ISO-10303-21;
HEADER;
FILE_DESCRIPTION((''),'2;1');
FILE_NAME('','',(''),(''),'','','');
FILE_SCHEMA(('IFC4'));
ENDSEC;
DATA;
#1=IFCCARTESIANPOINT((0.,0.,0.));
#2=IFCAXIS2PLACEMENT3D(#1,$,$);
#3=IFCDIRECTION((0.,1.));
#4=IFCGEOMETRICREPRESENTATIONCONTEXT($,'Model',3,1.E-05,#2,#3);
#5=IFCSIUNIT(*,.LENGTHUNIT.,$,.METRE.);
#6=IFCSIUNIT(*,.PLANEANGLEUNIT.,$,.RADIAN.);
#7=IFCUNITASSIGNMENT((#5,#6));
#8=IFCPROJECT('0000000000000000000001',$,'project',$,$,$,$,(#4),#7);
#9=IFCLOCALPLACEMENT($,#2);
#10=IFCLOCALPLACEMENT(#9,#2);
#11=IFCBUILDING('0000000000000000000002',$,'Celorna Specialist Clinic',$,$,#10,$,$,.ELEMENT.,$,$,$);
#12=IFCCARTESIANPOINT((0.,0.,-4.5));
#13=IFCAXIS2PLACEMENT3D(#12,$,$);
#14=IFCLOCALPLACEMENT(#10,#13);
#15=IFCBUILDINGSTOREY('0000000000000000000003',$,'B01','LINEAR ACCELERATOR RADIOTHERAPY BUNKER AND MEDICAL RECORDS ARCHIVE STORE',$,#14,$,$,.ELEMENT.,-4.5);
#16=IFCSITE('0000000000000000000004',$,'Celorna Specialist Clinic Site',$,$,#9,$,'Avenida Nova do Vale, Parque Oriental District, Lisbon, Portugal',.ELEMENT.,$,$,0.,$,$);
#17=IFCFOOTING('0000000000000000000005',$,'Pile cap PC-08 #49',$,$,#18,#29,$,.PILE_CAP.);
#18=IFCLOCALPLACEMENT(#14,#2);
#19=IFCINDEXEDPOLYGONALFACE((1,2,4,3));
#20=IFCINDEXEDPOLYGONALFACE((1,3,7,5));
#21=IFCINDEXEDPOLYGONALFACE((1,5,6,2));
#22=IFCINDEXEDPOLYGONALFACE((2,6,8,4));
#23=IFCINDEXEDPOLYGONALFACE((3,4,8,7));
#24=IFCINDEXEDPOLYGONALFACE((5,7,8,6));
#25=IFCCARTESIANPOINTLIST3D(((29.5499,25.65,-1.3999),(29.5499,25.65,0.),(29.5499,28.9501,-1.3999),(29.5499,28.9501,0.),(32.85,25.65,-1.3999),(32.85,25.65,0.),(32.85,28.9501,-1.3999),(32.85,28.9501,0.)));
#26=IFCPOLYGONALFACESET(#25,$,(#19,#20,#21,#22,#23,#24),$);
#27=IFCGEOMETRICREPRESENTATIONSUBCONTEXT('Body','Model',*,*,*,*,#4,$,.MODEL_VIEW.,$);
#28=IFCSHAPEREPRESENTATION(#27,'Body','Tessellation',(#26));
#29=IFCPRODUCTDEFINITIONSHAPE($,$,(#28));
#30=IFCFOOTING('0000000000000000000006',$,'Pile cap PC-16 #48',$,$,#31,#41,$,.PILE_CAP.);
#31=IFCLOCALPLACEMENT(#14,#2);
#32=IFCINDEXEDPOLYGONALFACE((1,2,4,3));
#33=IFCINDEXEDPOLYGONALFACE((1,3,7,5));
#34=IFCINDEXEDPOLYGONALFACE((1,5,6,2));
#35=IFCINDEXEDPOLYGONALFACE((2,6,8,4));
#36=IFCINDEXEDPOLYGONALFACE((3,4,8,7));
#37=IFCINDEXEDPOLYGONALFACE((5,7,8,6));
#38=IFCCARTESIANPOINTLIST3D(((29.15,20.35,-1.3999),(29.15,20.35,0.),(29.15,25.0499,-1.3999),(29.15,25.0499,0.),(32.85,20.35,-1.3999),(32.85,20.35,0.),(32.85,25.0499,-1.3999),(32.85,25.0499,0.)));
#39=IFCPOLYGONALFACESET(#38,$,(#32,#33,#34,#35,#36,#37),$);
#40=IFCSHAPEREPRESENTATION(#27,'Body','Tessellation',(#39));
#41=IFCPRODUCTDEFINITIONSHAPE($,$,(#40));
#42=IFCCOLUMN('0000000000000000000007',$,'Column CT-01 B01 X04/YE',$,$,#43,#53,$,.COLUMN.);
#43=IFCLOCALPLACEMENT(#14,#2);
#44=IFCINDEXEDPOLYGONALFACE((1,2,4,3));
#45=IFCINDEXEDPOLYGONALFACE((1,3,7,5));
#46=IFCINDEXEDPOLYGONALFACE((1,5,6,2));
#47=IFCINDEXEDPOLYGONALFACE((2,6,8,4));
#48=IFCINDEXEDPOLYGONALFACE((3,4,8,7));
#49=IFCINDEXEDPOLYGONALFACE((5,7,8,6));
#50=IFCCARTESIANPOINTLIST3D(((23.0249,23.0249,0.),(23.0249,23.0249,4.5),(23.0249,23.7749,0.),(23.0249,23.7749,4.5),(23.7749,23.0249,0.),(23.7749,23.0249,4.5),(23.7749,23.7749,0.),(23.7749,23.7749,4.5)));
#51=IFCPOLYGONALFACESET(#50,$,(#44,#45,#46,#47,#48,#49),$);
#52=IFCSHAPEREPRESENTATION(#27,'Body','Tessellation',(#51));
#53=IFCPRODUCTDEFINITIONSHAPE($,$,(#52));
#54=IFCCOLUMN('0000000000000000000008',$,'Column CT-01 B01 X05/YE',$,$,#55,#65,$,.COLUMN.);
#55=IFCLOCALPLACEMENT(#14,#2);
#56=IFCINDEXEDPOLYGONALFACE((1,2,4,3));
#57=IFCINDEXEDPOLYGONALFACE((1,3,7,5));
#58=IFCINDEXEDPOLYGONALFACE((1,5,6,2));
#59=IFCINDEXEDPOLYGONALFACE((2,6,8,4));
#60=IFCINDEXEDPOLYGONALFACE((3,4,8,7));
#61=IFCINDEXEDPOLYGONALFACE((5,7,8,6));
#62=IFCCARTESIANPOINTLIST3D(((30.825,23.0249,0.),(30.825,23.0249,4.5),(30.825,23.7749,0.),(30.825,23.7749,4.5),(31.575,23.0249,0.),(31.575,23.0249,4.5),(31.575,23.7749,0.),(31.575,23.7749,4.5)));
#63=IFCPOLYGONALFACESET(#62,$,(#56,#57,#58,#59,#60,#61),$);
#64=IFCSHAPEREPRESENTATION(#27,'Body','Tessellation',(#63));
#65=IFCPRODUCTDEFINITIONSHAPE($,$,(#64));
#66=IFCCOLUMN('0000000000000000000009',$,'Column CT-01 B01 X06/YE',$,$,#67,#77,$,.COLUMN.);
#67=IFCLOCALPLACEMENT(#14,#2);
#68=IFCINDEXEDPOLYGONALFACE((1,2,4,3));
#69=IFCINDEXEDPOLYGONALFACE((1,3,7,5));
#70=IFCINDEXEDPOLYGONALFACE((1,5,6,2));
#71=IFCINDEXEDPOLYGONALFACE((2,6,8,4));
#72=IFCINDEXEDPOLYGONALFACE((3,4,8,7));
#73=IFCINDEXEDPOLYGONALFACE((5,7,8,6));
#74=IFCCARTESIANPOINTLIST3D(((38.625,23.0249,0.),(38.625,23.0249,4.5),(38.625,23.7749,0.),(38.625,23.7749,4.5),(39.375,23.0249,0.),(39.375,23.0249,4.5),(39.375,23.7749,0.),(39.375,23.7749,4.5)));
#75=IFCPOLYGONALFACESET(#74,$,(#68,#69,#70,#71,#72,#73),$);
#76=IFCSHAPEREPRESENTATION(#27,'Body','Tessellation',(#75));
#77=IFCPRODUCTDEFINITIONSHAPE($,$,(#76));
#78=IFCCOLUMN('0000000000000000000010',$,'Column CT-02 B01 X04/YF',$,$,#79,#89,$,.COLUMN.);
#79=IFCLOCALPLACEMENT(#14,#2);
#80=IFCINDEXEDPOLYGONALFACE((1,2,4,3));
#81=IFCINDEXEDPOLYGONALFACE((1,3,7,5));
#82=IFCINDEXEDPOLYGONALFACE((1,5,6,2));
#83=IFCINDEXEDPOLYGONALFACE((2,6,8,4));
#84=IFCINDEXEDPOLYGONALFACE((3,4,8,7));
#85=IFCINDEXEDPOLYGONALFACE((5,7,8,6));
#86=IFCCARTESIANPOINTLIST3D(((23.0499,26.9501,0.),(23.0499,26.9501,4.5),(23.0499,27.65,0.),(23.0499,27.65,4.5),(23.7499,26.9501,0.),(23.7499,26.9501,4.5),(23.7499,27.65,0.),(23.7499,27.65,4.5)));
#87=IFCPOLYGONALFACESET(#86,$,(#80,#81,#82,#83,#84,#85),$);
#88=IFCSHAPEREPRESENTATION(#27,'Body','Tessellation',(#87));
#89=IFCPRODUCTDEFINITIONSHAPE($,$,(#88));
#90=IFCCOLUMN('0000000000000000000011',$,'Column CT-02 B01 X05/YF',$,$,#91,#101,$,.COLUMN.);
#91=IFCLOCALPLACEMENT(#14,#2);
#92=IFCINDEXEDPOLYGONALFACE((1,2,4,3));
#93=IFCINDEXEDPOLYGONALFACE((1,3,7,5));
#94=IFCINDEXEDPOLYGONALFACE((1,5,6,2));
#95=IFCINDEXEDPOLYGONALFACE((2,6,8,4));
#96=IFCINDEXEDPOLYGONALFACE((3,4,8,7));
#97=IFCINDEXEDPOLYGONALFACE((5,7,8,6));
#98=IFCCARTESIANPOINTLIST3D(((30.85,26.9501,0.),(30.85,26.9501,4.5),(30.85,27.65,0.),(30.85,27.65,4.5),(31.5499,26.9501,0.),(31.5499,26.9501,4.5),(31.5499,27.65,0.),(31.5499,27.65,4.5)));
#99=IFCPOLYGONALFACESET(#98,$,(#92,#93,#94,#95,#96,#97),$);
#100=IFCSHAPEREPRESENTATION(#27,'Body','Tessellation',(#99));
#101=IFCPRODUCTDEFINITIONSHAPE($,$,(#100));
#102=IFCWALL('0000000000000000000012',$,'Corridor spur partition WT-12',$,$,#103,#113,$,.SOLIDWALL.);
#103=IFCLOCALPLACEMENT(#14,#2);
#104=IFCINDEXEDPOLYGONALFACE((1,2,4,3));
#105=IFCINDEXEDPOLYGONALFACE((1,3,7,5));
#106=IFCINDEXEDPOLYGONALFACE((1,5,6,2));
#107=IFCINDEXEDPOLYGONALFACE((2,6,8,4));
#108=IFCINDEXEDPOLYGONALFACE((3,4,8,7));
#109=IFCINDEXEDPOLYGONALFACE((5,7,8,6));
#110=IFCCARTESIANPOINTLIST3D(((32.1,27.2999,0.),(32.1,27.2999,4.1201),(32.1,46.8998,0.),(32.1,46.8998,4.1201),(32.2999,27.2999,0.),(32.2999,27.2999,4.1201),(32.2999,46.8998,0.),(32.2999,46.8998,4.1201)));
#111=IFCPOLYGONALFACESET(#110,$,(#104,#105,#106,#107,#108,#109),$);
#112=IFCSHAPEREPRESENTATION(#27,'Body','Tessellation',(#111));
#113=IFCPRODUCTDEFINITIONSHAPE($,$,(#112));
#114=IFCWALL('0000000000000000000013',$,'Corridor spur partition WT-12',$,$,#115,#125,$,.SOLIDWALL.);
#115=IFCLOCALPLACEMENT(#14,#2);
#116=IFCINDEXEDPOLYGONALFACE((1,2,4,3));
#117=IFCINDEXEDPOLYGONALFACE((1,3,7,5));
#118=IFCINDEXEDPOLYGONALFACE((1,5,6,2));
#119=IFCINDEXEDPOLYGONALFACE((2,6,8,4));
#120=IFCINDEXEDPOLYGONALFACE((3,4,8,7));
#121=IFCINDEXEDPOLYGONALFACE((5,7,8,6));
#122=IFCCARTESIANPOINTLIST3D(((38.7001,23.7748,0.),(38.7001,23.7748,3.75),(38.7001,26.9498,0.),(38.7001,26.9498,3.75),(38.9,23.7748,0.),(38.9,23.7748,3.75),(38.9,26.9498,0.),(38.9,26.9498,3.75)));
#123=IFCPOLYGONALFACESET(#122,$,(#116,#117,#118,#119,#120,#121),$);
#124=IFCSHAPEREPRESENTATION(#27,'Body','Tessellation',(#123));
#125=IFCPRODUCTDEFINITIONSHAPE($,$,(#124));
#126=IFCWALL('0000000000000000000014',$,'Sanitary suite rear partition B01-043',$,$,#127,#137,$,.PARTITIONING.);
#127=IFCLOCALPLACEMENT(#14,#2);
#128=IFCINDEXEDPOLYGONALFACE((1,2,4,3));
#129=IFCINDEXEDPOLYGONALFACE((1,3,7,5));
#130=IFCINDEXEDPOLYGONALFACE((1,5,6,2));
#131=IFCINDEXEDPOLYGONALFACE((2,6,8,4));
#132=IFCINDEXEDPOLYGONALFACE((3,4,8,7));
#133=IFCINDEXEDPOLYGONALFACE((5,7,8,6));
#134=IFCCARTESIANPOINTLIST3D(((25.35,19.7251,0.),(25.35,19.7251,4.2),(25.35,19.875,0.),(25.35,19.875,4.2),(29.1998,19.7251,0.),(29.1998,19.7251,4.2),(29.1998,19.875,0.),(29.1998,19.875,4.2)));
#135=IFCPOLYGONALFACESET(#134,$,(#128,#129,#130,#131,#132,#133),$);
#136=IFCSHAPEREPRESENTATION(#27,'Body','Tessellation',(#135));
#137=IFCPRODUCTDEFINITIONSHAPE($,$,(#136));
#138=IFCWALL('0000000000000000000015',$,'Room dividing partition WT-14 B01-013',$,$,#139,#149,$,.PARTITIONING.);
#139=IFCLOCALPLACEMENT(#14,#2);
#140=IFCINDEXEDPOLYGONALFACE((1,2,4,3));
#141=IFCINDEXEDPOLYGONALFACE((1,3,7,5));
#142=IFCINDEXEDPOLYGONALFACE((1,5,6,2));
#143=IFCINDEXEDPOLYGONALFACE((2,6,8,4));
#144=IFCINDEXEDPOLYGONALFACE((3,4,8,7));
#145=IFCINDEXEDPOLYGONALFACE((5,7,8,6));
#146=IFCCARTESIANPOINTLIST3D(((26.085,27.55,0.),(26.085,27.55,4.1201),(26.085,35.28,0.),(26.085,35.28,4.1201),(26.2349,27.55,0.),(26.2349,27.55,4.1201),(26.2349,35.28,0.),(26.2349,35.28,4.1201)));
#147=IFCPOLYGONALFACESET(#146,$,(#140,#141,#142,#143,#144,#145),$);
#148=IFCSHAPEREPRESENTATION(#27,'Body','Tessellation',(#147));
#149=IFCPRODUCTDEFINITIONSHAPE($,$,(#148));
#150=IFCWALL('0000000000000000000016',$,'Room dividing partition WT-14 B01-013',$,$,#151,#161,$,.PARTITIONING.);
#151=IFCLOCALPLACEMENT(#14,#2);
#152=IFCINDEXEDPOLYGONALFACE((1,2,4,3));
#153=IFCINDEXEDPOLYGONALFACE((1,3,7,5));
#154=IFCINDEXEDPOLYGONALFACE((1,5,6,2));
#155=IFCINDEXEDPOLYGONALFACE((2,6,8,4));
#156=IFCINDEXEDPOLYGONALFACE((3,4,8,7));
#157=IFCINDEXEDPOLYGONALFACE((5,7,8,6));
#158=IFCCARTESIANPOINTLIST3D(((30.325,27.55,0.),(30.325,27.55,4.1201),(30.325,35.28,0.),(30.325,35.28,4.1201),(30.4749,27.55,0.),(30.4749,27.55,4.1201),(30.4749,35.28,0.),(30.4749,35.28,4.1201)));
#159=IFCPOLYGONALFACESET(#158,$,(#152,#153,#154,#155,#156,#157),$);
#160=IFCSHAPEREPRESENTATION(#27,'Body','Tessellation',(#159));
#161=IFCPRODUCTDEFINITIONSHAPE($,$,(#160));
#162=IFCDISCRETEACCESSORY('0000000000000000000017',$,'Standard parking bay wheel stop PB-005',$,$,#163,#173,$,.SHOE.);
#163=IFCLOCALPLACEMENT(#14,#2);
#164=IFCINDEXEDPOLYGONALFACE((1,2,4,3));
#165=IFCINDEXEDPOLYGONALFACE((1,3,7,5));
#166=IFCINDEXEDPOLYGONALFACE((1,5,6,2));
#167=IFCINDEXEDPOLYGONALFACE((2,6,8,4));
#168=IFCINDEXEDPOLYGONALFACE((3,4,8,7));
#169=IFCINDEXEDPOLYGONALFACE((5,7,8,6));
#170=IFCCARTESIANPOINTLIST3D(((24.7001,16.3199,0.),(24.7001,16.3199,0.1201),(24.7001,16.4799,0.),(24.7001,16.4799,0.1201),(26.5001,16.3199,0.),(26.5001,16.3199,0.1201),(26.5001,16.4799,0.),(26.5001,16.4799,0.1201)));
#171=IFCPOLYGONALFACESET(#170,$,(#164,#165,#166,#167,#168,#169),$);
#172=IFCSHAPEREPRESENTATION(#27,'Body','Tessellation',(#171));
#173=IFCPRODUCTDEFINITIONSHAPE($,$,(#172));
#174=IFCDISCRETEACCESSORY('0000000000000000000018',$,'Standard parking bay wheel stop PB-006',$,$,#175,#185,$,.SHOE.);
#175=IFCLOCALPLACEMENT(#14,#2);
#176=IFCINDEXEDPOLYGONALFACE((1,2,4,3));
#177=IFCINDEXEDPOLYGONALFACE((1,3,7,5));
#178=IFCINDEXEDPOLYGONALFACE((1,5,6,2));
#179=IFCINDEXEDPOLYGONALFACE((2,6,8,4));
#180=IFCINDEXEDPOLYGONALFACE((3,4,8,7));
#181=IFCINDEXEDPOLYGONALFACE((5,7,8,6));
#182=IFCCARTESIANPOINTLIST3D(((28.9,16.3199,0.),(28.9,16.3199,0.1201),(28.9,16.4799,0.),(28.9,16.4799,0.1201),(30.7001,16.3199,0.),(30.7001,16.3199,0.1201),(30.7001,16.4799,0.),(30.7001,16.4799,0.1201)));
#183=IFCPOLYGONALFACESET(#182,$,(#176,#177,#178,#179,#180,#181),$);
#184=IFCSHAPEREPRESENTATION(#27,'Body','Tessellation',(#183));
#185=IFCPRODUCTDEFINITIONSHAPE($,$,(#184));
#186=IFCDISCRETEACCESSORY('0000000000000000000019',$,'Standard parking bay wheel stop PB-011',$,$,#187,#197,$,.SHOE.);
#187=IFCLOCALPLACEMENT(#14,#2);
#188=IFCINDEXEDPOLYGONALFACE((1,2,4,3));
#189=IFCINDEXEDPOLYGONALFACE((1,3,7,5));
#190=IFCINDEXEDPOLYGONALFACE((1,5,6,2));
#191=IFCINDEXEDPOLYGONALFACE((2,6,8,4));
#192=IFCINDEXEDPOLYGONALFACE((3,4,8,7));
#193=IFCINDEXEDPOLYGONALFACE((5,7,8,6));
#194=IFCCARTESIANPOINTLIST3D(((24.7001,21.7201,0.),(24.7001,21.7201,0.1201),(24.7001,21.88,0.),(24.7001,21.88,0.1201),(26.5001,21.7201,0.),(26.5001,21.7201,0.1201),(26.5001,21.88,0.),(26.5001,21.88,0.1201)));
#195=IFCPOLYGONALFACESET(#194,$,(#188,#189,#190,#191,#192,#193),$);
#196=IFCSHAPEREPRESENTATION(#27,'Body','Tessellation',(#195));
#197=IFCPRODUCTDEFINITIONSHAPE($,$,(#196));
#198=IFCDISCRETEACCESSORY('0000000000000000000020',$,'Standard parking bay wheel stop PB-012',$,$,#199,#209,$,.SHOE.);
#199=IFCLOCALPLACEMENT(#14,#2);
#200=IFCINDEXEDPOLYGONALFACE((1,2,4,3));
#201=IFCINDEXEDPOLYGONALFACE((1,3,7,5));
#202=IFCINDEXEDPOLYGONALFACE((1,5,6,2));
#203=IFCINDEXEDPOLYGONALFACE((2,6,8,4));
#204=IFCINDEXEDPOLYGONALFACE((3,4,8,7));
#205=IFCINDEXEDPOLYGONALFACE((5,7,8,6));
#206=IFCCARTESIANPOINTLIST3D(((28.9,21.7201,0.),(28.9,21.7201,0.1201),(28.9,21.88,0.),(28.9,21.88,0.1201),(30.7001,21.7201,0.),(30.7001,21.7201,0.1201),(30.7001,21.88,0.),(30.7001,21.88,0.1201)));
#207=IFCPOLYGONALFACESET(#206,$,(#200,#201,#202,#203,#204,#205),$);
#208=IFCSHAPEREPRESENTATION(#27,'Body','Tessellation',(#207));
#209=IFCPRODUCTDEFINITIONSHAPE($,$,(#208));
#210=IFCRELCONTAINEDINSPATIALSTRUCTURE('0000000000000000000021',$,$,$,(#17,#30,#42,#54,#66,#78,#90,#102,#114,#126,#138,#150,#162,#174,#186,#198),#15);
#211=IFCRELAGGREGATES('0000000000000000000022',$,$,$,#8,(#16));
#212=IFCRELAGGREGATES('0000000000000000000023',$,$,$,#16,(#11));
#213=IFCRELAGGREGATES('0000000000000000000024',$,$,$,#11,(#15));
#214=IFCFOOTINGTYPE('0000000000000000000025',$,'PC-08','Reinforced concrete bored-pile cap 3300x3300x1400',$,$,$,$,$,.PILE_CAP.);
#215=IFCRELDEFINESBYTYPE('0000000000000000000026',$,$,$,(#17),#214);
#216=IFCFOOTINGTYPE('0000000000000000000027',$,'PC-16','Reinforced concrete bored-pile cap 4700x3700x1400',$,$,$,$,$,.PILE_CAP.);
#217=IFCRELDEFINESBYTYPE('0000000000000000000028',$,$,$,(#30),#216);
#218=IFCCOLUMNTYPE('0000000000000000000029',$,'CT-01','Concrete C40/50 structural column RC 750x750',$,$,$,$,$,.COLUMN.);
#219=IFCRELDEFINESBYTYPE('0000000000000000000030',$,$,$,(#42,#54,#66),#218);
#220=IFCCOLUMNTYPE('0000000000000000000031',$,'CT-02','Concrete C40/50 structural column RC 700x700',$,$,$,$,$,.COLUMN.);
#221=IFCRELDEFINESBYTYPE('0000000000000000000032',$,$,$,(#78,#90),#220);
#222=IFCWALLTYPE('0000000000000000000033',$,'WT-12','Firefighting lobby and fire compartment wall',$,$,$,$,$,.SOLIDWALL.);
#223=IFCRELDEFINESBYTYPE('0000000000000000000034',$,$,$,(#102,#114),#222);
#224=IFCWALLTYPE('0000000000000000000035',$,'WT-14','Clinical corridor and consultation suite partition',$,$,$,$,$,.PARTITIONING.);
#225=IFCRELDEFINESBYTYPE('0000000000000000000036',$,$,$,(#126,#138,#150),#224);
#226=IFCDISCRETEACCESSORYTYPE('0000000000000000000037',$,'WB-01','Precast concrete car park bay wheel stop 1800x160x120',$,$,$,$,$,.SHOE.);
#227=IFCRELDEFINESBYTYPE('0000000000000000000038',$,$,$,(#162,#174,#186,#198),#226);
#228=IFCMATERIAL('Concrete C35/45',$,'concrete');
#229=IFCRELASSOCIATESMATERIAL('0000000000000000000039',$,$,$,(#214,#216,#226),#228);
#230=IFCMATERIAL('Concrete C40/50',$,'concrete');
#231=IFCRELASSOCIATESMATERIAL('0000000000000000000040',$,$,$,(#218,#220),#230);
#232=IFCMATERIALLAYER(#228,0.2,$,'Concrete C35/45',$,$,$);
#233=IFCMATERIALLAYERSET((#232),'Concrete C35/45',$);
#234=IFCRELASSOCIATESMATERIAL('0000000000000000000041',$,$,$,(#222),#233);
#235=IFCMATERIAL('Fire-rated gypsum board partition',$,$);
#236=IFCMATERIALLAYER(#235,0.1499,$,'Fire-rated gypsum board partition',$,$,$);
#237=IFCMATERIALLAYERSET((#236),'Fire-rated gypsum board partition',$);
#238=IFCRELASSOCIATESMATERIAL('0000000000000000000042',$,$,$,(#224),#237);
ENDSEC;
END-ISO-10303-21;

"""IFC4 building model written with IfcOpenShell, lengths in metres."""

from ifc_helpers import new_model, si_unit, direction, frame, frame_2d, origin, origin_2d, place, context, subcontext, project, spatial, rectangle, extrude, material, layer, layer_set, material_profile, profile_set, type_object, element, save


model = new_model("IFC4")

# Units and contexts
model_context = context("Model", 3, precision=1e-05, world=origin(), true_north=direction((0.0, 1.0)))
body_context = subcontext(model_context, "Body", "Model", "MODEL_VIEW")
ifc_project = project(units=[si_unit("LENGTHUNIT", "METRE"), si_unit("PLANEANGLEUNIT", "RADIAN")], contexts=[model_context])

# Site, building, storey
site_placement = place(None, origin())
site = spatial("IfcSite", under=ifc_project, at=site_placement, Name="Celorna Specialist Clinic Site", LongName="Avenida Nova do Vale, Parque Oriental District, Lisbon, Portugal", CompositionType="ELEMENT", RefElevation=0.0)
building_placement = place(site_placement, origin())
building = spatial("IfcBuilding", under=site, at=building_placement, Name="Celorna Specialist Clinic", CompositionType="ELEMENT")
storey_placement = place(building_placement, frame((0.0, 0.0, -4.5)))
storey = spatial("IfcBuildingStorey", under=building, at=storey_placement, Name="B01", Description="LINEAR ACCELERATOR RADIOTHERAPY BUNKER AND MEDICAL RECORDS ARCHIVE STORE", CompositionType="ELEMENT", Elevation=-4.5)

# Shared definitions
ifc_material_1 = material(Name="Concrete C35/45", Category="concrete")

# Footings
footing_type_1 = type_object("IfcFootingType", Name="PC-08", Description="Reinforced concrete bored-pile cap 3300x3300x1400", PredefinedType="PILE_CAP", material=ifc_material_1)
for number, where, z_axis, x_axis, name in (
    (1, (31.2, 27.3, -1.3999), (0.0, 0.0, 1.0), (1.0, 0.0, 0.0), "Pile cap PC-08 #49"),
):
    element("IfcFooting", number, at=place(storey_placement, frame(where, z_axis=z_axis, x_axis=x_axis)), inside=storey, type_object=footing_type_1, Name=name, PredefinedType="PILE_CAP", context=body_context, shape_type="SweptSolid", body=[
        extrude(rectangle(XDim=3.3, YDim=3.3, at=origin_2d()), origin(), (0.0, 0.0, 1.0), 1.3999),
    ])
footing_type_2 = type_object("IfcFootingType", Name="PC-16", Description="Reinforced concrete bored-pile cap 4700x3700x1400", PredefinedType="PILE_CAP", material=ifc_material_1)
footing_1_placement = place(storey_placement, frame((31.0, 22.7, -1.3999), z_axis=(0.0, 0.0, 1.0), x_axis=(1.0, 0.0, 0.0)))
element("IfcFooting", 2, at=footing_1_placement, inside=storey, type_object=footing_type_2, Name="Pile cap PC-16 #48", PredefinedType="PILE_CAP", context=body_context, shape_type="SweptSolid", body=[
    extrude(rectangle(XDim=3.7, YDim=4.7, at=origin_2d()), origin(), (0.0, 0.0, 1.0), 1.3999),
])

# Columns
ifc_material_2 = material(Name="Concrete C40/50", Category="concrete")
ifc_material_profile_1 = material_profile(ifc_material_2, rectangle(XDim=0.75, YDim=0.75, at=origin_2d()), Name="RC 750x750")
ifc_profile_set_1 = profile_set([ifc_material_profile_1], Name="Concrete C40/50")
column_type_1 = type_object("IfcColumnType", Name="CT-01", Description="Concrete C40/50 structural column RC 750x750", PredefinedType="COLUMN", material=ifc_profile_set_1)
for number, where, z_axis, x_axis, name in (
    (3, (23.3999, 23.3999, 0.0), (0.0, 0.0, 1.0), (1.0, 0.0, 0.0), "Column CT-01 B01 X04/YE"),
    (4, (31.2, 23.3999, 0.0), (0.0, 0.0, 1.0), (1.0, 0.0, 0.0), "Column CT-01 B01 X05/YE"),
    (5, (39.0, 23.3999, 0.0), (0.0, 0.0, 1.0), (1.0, 0.0, 0.0), "Column CT-01 B01 X06/YE"),
):
    element("IfcColumn", number, at=place(storey_placement, frame(where, z_axis=z_axis, x_axis=x_axis)), inside=storey, type_object=column_type_1, Name=name, PredefinedType="COLUMN", context=body_context, shape_type="SweptSolid", body=[
        extrude(rectangle(XDim=0.75, YDim=0.75, at=origin_2d()), origin(), (0.0, 0.0, 1.0), 4.5),
    ])
ifc_material_profile_2 = material_profile(ifc_material_2, rectangle(XDim=0.7, YDim=0.7, at=origin_2d()), Name="RC 700x700")
ifc_profile_set_2 = profile_set([ifc_material_profile_2], Name="Concrete C40/50")
column_type_2 = type_object("IfcColumnType", Name="CT-02", Description="Concrete C40/50 structural column RC 700x700", PredefinedType="COLUMN", material=ifc_profile_set_2)
for number, where, z_axis, x_axis, name in (
    (6, (23.3999, 27.3, 0.0), (0.0, 0.0, 1.0), (1.0, 0.0, 0.0), "Column CT-02 B01 X04/YF"),
    (7, (31.2, 27.3, 0.0), (0.0, 0.0, 1.0), (1.0, 0.0, 0.0), "Column CT-02 B01 X05/YF"),
):
    element("IfcColumn", number, at=place(storey_placement, frame(where, z_axis=z_axis, x_axis=x_axis)), inside=storey, type_object=column_type_2, Name=name, PredefinedType="COLUMN", context=body_context, shape_type="SweptSolid", body=[
        extrude(rectangle(XDim=0.7, YDim=0.7, at=origin_2d()), origin(), (0.0, 0.0, 1.0), 4.5),
    ])

# Walls
ifc_layer_1 = layer(ifc_material_1, 0.2, Name="Concrete C35/45")
ifc_layer_set_1 = layer_set([ifc_layer_1], Name="Concrete C35/45")
wall_type_1 = type_object("IfcWallType", Name="WT-12", Description="Firefighting lobby and fire compartment wall", PredefinedType="SOLIDWALL", material=ifc_layer_set_1)
wall_1_placement = place(storey_placement, frame((32.2, 27.3, 0.0), z_axis=(0.0, 0.0, 1.0), x_axis=(0.0, 1.0, 0.0)))
element("IfcWall", 8, at=wall_1_placement, inside=storey, type_object=wall_type_1, Name="Corridor spur partition WT-12", PredefinedType="SOLIDWALL", context=body_context, shape_type="SweptSolid", body=[
    extrude(rectangle(XDim=19.5999, YDim=0.2, at=frame_2d((9.7998, 0.0))), origin(), (0.0, 0.0, 1.0), 4.1201),
])
wall_2_placement = place(storey_placement, frame((38.8, 23.7749, 0.0), z_axis=(0.0, 0.0, 1.0), x_axis=(0.0, 1.0, 0.0)))
element("IfcWall", 9, at=wall_2_placement, inside=storey, type_object=wall_type_1, Name="Corridor spur partition WT-12", PredefinedType="SOLIDWALL", context=body_context, shape_type="SweptSolid", body=[
    extrude(rectangle(XDim=3.175, YDim=0.2, at=frame_2d((1.5874, 0.0))), origin(), (0.0, 0.0, 1.0), 3.75),
])
ifc_material_3 = material(Name="Fire-rated gypsum board partition")
ifc_layer_2 = layer(ifc_material_3, 0.1499, Name="Fire-rated gypsum board partition")
ifc_layer_set_2 = layer_set([ifc_layer_2], Name="Fire-rated gypsum board partition")
wall_type_2 = type_object("IfcWallType", Name="WT-14", Description="Clinical corridor and consultation suite partition", PredefinedType="PARTITIONING", material=ifc_layer_set_2)
wall_3_placement = place(storey_placement, frame((25.3501, 19.8, 0.0), z_axis=(0.0, 0.0, 1.0), x_axis=(1.0, 0.0, 0.0)))
element("IfcWall", 10, at=wall_3_placement, inside=storey, type_object=wall_type_2, Name="Sanitary suite rear partition B01-043", PredefinedType="PARTITIONING", context=body_context, shape_type="SweptSolid", body=[
    extrude(rectangle(XDim=3.8499, YDim=0.1499, at=frame_2d((1.9248, 0.0))), origin(), (0.0, 0.0, 1.0), 4.2),
])
for number, where, z_axis, x_axis, name in (
    (11, (26.1599, 27.55, 0.0), (0.0, 0.0, 1.0), (0.0, 1.0, 0.0), "Room dividing partition WT-14 B01-013"),
    (12, (30.3999, 27.55, 0.0), (0.0, 0.0, 1.0), (0.0, 1.0, 0.0), "Room dividing partition WT-14 B01-013"),
):
    element("IfcWall", number, at=place(storey_placement, frame(where, z_axis=z_axis, x_axis=x_axis)), inside=storey, type_object=wall_type_2, Name=name, PredefinedType="PARTITIONING", context=body_context, shape_type="SweptSolid", body=[
        extrude(rectangle(XDim=7.73, YDim=0.1499, at=frame_2d((3.865, 0.0))), origin(), (0.0, 0.0, 1.0), 4.1201),
    ])

# Discrete accessories
discrete_accessory_type = type_object("IfcDiscreteAccessoryType", Name="WB-01", Description="Precast concrete car park bay wheel stop 1800x160x120", PredefinedType="SHOE", material=ifc_material_1)
for number, where, z_axis, x_axis, name in (
    (13, (25.6001, 16.3999, 0.0), (0.0, 0.0, 1.0), (1.0, 0.0, 0.0), "Standard parking bay wheel stop PB-005"),
    (14, (29.8, 16.3999, 0.0), (0.0, 0.0, 1.0), (1.0, 0.0, 0.0), "Standard parking bay wheel stop PB-006"),
    (15, (25.6001, 21.8, 0.0), (0.0, 0.0, 1.0), (1.0, 0.0, 0.0), "Standard parking bay wheel stop PB-011"),
    (16, (29.8, 21.8, 0.0), (0.0, 0.0, 1.0), (1.0, 0.0, 0.0), "Standard parking bay wheel stop PB-012"),
):
    element("IfcDiscreteAccessory", number, at=place(storey_placement, frame(where, z_axis=z_axis, x_axis=x_axis)), inside=storey, type_object=discrete_accessory_type, Name=name, PredefinedType="SHOE", context=body_context, shape_type="SweptSolid", body=[
        extrude(rectangle(XDim=1.8, YDim=0.1599, at=origin_2d()), origin(), (0.0, 0.0, 1.0), 0.1201),
    ])

save(model, "model.ifc")
